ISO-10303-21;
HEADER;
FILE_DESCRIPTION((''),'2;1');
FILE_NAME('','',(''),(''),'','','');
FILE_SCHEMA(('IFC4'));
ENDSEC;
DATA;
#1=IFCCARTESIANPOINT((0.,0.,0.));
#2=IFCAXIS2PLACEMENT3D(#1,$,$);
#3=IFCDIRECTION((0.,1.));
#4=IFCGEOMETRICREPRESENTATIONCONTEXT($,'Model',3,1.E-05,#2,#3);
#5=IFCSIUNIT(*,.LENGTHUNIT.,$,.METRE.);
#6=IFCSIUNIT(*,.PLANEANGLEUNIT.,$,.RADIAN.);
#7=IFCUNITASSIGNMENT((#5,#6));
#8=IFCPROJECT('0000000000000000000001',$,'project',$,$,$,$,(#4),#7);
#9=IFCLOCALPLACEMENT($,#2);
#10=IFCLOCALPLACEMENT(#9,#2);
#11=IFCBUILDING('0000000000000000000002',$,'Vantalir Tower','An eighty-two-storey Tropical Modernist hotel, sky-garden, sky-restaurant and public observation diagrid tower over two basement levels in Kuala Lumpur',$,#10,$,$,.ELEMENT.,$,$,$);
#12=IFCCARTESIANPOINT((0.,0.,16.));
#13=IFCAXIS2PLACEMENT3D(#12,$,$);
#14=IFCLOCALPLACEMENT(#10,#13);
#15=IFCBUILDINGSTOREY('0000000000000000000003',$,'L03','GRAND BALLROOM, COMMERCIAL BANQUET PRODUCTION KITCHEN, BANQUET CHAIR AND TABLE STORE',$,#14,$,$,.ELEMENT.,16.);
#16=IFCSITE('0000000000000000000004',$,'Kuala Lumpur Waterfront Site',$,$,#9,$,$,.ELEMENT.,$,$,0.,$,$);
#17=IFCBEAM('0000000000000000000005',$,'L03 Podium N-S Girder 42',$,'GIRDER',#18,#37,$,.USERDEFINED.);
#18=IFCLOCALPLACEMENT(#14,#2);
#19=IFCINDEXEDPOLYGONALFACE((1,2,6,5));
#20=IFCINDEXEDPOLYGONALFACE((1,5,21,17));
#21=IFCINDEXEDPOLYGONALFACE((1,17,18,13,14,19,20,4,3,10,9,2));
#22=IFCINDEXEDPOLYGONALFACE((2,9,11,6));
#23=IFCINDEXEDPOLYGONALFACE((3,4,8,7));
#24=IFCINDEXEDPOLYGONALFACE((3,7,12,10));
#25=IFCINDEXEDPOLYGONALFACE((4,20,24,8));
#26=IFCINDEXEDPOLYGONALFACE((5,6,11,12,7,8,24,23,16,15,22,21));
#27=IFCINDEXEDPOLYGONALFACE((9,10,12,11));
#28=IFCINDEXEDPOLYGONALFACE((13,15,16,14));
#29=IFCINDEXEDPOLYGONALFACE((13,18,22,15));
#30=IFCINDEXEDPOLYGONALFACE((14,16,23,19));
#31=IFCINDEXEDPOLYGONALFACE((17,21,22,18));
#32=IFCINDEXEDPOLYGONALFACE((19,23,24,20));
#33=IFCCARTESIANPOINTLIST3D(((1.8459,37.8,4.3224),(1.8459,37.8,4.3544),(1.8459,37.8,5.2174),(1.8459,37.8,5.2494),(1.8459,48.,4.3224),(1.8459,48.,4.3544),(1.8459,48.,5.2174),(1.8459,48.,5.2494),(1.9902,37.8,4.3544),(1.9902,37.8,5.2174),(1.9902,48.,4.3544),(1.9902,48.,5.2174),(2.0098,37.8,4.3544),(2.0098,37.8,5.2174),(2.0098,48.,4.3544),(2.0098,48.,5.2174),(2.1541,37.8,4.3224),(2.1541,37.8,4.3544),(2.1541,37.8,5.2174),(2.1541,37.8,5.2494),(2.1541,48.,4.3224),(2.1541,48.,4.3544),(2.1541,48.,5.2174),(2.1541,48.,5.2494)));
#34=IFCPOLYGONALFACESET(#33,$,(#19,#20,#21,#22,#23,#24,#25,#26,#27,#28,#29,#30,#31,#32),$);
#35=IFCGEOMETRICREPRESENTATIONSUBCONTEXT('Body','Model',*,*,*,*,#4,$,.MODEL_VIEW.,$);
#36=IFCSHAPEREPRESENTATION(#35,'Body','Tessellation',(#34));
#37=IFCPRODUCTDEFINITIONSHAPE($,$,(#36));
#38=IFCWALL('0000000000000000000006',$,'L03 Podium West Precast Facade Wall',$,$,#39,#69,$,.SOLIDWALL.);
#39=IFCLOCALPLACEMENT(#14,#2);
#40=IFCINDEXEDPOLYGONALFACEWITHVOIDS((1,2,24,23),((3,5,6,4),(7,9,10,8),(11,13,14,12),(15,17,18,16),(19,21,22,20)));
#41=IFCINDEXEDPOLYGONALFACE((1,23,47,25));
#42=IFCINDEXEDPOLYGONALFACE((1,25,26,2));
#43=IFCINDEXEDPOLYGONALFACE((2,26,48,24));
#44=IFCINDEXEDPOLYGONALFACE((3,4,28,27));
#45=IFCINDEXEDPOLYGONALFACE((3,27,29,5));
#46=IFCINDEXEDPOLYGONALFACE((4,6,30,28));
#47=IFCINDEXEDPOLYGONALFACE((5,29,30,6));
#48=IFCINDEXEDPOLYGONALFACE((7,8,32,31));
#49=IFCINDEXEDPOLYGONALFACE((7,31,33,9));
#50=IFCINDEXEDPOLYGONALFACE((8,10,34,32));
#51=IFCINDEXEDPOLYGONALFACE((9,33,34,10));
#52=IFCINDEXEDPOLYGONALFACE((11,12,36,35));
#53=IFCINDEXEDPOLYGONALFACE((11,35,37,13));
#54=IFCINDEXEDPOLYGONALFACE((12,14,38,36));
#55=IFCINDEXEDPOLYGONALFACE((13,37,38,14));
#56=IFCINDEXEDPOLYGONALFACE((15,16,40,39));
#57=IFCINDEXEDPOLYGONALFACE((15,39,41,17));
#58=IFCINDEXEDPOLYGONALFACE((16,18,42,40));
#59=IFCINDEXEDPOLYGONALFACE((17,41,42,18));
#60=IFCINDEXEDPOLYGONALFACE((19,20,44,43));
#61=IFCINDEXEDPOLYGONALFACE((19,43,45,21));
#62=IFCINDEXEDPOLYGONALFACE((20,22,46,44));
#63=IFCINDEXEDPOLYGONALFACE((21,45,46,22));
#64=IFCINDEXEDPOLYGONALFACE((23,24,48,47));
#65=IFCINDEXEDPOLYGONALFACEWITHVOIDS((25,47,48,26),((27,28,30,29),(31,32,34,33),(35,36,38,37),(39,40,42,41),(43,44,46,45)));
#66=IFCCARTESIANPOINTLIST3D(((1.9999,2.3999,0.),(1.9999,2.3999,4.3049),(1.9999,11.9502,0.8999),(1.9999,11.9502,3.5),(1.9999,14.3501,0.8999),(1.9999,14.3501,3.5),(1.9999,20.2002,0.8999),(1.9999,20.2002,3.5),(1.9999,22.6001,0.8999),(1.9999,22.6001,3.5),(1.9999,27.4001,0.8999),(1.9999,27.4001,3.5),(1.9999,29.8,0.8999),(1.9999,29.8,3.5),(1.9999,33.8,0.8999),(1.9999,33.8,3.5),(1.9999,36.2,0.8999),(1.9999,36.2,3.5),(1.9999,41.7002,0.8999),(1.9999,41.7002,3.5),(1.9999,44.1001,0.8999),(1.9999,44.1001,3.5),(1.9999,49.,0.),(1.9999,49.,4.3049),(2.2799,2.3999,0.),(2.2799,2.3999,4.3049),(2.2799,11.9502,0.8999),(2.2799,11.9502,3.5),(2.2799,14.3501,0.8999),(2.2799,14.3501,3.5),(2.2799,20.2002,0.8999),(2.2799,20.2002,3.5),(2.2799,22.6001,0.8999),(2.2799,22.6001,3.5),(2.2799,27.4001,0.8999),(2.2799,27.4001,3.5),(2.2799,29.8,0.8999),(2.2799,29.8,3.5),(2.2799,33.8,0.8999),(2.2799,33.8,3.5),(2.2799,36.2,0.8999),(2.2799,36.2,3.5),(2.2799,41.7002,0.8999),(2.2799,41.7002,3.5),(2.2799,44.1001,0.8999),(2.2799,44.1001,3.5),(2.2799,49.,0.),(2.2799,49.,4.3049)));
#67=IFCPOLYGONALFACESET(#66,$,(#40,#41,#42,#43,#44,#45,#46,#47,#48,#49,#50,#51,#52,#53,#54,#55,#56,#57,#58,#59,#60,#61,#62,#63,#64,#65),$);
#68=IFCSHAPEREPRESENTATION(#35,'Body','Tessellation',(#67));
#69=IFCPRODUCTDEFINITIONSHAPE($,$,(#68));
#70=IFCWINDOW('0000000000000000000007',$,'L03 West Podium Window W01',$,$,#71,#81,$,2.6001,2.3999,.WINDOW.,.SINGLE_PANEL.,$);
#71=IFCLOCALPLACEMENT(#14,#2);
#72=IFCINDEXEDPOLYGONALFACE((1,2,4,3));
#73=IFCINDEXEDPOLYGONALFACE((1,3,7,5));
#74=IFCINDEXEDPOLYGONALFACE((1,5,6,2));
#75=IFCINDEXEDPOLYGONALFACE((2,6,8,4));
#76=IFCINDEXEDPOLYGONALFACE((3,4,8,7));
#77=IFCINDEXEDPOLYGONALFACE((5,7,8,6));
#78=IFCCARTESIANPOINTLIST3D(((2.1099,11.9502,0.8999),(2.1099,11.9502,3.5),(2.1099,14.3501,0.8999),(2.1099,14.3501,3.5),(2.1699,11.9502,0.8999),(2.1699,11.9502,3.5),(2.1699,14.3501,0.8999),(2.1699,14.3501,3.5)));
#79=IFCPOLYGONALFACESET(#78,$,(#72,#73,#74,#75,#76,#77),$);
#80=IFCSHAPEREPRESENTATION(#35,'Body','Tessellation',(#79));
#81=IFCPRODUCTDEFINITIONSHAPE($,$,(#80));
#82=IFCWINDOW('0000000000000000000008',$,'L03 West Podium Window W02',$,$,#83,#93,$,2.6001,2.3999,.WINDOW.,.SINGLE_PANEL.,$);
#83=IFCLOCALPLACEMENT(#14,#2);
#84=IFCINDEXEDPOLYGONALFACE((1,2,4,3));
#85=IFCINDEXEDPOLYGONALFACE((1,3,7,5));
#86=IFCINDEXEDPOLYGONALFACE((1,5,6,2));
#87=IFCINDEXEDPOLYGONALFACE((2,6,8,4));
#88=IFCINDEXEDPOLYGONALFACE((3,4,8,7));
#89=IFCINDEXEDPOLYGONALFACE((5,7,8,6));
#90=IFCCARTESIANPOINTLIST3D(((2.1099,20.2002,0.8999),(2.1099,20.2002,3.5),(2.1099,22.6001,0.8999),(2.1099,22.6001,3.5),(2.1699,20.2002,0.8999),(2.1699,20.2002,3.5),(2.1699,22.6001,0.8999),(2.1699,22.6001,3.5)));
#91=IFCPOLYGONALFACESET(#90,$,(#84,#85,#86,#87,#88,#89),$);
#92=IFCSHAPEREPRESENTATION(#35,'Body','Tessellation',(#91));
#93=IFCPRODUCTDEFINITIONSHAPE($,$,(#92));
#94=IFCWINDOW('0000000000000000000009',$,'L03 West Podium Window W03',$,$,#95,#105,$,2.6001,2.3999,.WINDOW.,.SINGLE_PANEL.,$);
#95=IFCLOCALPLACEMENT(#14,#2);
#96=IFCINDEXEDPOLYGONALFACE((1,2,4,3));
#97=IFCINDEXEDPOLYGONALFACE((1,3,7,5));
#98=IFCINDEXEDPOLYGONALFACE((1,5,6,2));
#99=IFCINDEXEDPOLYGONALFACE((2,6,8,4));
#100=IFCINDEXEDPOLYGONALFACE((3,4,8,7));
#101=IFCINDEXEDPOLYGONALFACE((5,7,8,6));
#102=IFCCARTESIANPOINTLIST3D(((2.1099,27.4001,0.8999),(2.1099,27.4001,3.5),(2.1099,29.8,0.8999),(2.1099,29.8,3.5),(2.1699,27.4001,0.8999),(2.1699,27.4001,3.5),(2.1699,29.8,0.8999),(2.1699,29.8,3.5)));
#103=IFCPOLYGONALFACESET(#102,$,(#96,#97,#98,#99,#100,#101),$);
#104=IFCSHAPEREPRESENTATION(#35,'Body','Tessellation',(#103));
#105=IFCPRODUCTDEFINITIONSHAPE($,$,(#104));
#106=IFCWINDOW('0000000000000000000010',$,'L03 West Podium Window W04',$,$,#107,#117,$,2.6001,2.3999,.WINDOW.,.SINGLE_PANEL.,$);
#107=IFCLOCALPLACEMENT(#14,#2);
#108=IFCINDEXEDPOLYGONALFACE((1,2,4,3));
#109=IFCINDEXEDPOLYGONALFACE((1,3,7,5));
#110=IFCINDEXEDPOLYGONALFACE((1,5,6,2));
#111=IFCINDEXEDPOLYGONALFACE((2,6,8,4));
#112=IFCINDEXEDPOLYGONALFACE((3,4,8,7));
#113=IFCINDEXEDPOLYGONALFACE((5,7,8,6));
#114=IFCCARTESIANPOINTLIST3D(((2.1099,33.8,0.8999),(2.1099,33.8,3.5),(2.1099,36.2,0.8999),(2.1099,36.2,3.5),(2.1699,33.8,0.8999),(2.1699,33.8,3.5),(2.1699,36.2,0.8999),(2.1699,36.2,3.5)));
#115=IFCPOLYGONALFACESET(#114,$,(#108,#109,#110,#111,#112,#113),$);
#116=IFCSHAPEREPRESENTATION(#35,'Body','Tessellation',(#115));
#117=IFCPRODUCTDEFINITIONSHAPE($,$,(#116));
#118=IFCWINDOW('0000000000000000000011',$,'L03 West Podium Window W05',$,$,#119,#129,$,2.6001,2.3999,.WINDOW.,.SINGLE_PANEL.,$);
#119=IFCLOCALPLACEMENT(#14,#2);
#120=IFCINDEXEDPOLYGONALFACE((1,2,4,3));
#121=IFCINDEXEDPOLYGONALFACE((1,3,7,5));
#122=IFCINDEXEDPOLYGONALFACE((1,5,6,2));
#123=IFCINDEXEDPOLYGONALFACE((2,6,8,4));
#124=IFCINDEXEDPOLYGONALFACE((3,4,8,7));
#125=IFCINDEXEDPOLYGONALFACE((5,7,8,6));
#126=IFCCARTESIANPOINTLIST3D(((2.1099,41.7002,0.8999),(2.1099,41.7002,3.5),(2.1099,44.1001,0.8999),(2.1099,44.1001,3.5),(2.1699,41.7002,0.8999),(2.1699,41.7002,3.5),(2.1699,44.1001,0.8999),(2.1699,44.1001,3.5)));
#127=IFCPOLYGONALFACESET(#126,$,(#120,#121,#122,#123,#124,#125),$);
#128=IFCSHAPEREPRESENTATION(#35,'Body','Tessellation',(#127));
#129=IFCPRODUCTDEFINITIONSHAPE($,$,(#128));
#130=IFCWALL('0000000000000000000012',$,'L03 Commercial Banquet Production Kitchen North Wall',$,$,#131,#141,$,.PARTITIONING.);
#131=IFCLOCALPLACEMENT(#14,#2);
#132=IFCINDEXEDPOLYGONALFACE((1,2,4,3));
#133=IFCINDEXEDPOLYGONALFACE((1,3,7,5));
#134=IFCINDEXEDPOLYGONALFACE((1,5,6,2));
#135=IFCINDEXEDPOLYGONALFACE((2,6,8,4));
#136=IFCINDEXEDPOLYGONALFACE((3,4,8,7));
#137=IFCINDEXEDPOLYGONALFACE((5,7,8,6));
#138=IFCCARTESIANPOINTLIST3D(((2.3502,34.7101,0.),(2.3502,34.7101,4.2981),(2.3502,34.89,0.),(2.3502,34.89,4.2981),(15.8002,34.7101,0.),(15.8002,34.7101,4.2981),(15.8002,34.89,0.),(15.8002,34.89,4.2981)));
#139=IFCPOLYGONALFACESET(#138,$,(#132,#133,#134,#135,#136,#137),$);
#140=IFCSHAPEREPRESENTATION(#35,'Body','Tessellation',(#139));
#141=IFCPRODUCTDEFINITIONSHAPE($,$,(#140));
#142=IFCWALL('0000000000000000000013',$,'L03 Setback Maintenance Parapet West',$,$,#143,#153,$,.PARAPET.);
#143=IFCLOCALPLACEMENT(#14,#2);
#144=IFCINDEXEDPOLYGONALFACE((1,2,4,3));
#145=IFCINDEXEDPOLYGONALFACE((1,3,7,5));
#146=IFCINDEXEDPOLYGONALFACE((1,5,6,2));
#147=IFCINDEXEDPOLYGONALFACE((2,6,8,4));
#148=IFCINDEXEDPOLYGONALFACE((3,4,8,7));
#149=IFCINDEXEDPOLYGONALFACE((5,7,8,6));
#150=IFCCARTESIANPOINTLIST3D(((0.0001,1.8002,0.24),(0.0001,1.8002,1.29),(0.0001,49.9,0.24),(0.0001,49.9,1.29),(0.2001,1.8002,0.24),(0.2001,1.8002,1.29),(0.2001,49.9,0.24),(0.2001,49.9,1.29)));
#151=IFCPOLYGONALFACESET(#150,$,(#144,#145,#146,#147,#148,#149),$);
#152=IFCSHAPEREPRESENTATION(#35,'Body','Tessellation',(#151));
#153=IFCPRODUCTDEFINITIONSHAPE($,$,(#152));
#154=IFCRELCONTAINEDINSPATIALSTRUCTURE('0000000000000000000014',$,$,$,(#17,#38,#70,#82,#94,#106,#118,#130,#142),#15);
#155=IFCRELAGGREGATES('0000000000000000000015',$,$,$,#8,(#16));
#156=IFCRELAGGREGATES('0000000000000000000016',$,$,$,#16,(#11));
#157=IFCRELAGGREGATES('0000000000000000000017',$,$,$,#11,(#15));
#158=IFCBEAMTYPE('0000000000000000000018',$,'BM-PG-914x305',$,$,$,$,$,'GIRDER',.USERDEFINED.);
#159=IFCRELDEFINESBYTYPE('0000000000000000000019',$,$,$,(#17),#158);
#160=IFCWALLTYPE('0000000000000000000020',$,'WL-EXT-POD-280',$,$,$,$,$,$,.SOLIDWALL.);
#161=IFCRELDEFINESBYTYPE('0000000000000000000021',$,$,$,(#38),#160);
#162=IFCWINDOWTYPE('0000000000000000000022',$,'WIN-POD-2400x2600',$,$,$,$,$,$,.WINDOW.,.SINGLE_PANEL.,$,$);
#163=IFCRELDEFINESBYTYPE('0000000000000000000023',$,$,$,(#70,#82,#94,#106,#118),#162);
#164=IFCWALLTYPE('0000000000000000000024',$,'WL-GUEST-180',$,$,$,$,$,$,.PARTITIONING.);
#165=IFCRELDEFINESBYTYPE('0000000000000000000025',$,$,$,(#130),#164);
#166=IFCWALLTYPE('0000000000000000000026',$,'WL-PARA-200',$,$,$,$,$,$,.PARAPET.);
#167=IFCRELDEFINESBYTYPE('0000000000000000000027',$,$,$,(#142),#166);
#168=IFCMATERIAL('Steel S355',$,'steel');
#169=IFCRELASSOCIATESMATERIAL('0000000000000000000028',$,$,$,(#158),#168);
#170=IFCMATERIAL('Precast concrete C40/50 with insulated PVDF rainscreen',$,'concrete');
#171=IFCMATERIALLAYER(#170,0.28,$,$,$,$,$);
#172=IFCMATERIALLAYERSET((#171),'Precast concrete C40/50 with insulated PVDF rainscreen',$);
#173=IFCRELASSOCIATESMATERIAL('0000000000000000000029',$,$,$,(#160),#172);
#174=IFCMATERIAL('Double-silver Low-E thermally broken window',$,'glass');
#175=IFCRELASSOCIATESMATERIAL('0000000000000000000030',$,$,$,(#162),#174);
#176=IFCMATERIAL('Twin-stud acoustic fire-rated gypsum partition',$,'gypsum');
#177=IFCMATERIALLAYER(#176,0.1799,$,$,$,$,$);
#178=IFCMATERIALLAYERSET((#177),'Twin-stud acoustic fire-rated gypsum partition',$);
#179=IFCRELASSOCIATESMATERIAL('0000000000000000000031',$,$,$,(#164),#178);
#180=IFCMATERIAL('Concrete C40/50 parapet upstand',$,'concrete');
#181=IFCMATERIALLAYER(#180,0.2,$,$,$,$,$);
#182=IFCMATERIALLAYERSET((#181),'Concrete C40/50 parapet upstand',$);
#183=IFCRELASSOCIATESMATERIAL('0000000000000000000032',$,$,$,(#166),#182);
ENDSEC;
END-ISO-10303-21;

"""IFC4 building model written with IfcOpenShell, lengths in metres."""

from ifc_helpers import new_model, si_unit, direction, frame, frame_2d, origin, origin_2d, place, context, subcontext, project, spatial, rectangle, i_section, extrude, material, layer, layer_set, material_profile, profile_set, type_object, element, fill, save


model = new_model("IFC4")

# Units and contexts
model_context = context("Model", 3, precision=1e-05, world=origin(), true_north=direction((0.0, 1.0)))
body_context = subcontext(model_context, "Body", "Model", "MODEL_VIEW")
ifc_project = project(units=[si_unit("LENGTHUNIT", "METRE"), si_unit("PLANEANGLEUNIT", "RADIAN")], contexts=[model_context])

# Site, building, storey
site_placement = place(None, origin())
site = spatial("IfcSite", under=ifc_project, at=site_placement, Name="Kuala Lumpur Waterfront Site", CompositionType="ELEMENT", RefElevation=0.0)
building_placement = place(site_placement, origin())
building = spatial("IfcBuilding", under=site, at=building_placement, Name="Vantalir Tower", Description="An eighty-two-storey Tropical Modernist hotel, sky-garden, sky-restaurant and public observation diagrid tower over two basement levels in Kuala Lumpur", CompositionType="ELEMENT")
storey_placement = place(building_placement, frame((0.0, 0.0, 16.0)))
storey = spatial("IfcBuildingStorey", under=building, at=storey_placement, Name="L03", Description="GRAND BALLROOM, COMMERCIAL BANQUET PRODUCTION KITCHEN, BANQUET CHAIR AND TABLE STORE", CompositionType="ELEMENT", Elevation=16.0)

# Beam
ifc_material_1 = material(Name="Steel S355", Category="steel")
ifc_material_profile_1 = material_profile(ifc_material_1, i_section(OverallWidth=0.3081, OverallDepth=0.927, WebThickness=0.0195, FlangeThickness=0.032, at=origin_2d()), Name="Steel S355")
ifc_profile_set_1 = profile_set([ifc_material_profile_1], Name="Steel S355")
beam_type_1 = type_object("IfcBeamType", Name="BM-PG-914x305", ElementType="GIRDER", PredefinedType="USERDEFINED", material=ifc_profile_set_1)
beam_1_placement = place(storey_placement, frame((2.0, 37.8, 4.7859), z_axis=(0.0, 1.0, 0.0), x_axis=(-1.0, 0.0, 0.0)))
element("IfcBeam", 1, at=beam_1_placement, inside=storey, type_object=beam_type_1, Name="L03 Podium N-S Girder 42", ObjectType="GIRDER", PredefinedType="USERDEFINED", context=body_context, shape_type="SweptSolid", body=[
    extrude(i_section(OverallWidth=0.3081, OverallDepth=0.927, WebThickness=0.0195, FlangeThickness=0.032, at=origin_2d()), origin(), (0.0, 0.0, 1.0), 10.2),
])

# Wall, openings, windows
ifc_material_2 = material(Name="Precast concrete C40/50 with insulated PVDF rainscreen", Category="concrete")
ifc_layer_1 = layer(ifc_material_2, 0.28)
ifc_layer_set_1 = layer_set([ifc_layer_1], Name="Precast concrete C40/50 with insulated PVDF rainscreen")
wall_type_1 = type_object("IfcWallType", Name="WL-EXT-POD-280", PredefinedType="SOLIDWALL", material=ifc_layer_set_1)
wall_1_placement = place(storey_placement, frame((2.1399, 49.0, 0.0), z_axis=(0.0, 0.0, 1.0), x_axis=(0.0, -1.0, 0.0)))
wall_1 = element("IfcWall", 2, at=wall_1_placement, inside=storey, type_object=wall_type_1, Name="L03 Podium West Precast Facade Wall", PredefinedType="SOLIDWALL", context=body_context, shape_type="SweptSolid", body=[
    extrude(rectangle(XDim=46.6001, YDim=0.28, at=frame_2d((23.3, 0.0))), origin(), (0.0, 0.0, 1.0), 4.3049),
])
opening_1_placement = place(wall_1_placement, frame((34.6499, 0.0, 0.8999)))
opening_1 = element("IfcOpeningElement", 3, at=opening_1_placement, cuts=wall_1, PredefinedType="OPENING", context=body_context, shape_type="SweptSolid", body=[
    extrude(rectangle(XDim=2.3999, YDim=2.6001, at=frame_2d((1.2, 1.3))), frame((0.0, 0.1499, 0.0), z_axis=(0.0, -1.0, 0.0), x_axis=(1.0, 0.0, 0.0)), (0.0, 0.0, 1.0), 0.3),
])
opening_2_placement = place(wall_1_placement, frame((26.3999, 0.0, 0.8999)))
opening_2 = element("IfcOpeningElement", 4, at=opening_2_placement, cuts=wall_1, PredefinedType="OPENING", context=body_context, shape_type="SweptSolid", body=[
    extrude(rectangle(XDim=2.3999, YDim=2.6001, at=frame_2d((1.2, 1.3))), frame((0.0, 0.1499, 0.0), z_axis=(0.0, -1.0, 0.0), x_axis=(1.0, 0.0, 0.0)), (0.0, 0.0, 1.0), 0.3),
])
opening_3_placement = place(wall_1_placement, frame((19.2, 0.0, 0.8999)))
opening_3 = element("IfcOpeningElement", 5, at=opening_3_placement, cuts=wall_1, PredefinedType="OPENING", context=body_context, shape_type="SweptSolid", body=[
    extrude(rectangle(XDim=2.3999, YDim=2.6001, at=frame_2d((1.2, 1.3))), frame((0.0, 0.1499, 0.0), z_axis=(0.0, -1.0, 0.0), x_axis=(1.0, 0.0, 0.0)), (0.0, 0.0, 1.0), 0.3),
])
opening_4_placement = place(wall_1_placement, frame((12.8, 0.0, 0.8999)))
opening_4 = element("IfcOpeningElement", 6, at=opening_4_placement, cuts=wall_1, PredefinedType="OPENING", context=body_context, shape_type="SweptSolid", body=[
    extrude(rectangle(XDim=2.3999, YDim=2.6001, at=frame_2d((1.2, 1.3))), frame((0.0, 0.1499, 0.0), z_axis=(0.0, -1.0, 0.0), x_axis=(1.0, 0.0, 0.0)), (0.0, 0.0, 1.0), 0.3),
])
opening_5_placement = place(wall_1_placement, frame((4.8999, 0.0, 0.8999)))
opening_5 = element("IfcOpeningElement", 7, at=opening_5_placement, cuts=wall_1, PredefinedType="OPENING", context=body_context, shape_type="SweptSolid", body=[
    extrude(rectangle(XDim=2.3999, YDim=2.6001, at=frame_2d((1.2, 1.3))), frame((0.0, 0.1499, 0.0), z_axis=(0.0, -1.0, 0.0), x_axis=(1.0, 0.0, 0.0)), (0.0, 0.0, 1.0), 0.3),
])
ifc_material_3 = material(Name="Double-silver Low-E thermally broken window", Category="glass")
window_type = type_object("IfcWindowType", Name="WIN-POD-2400x2600", PartitioningType="SINGLE_PANEL", PredefinedType="WINDOW", material=ifc_material_3)
window_1_placement = place(opening_1_placement, origin())
window_1 = element("IfcWindow", 8, at=window_1_placement, inside=storey, type_object=window_type, Name="L03 West Podium Window W01", OverallHeight=2.6001, OverallWidth=2.3999, PartitioningType="SINGLE_PANEL", PredefinedType="WINDOW", context=body_context, shape_type="SweptSolid", body=[
    extrude(rectangle(XDim=2.3999, YDim=2.6001, at=frame_2d((1.2, 1.3))), frame((0.0, 0.03, 0.0), z_axis=(0.0, -1.0, 0.0), x_axis=(1.0, 0.0, 0.0)), (0.0, 0.0, 1.0), 0.0601),
])
fill(opening_1, window_1)
window_2_placement = place(opening_2_placement, origin())
window_2 = element("IfcWindow", 9, at=window_2_placement, inside=storey, type_object=window_type, Name="L03 West Podium Window W02", OverallHeight=2.6001, OverallWidth=2.3999, PartitioningType="SINGLE_PANEL", PredefinedType="WINDOW", context=body_context, shape_type="SweptSolid", body=[
    extrude(rectangle(XDim=2.3999, YDim=2.6001, at=frame_2d((1.2, 1.3))), frame((0.0, 0.03, 0.0), z_axis=(0.0, -1.0, 0.0), x_axis=(1.0, 0.0, 0.0)), (0.0, 0.0, 1.0), 0.0601),
])
fill(opening_2, window_2)
window_3_placement = place(opening_3_placement, origin())
window_3 = element("IfcWindow", 10, at=window_3_placement, inside=storey, type_object=window_type, Name="L03 West Podium Window W03", OverallHeight=2.6001, OverallWidth=2.3999, PartitioningType="SINGLE_PANEL", PredefinedType="WINDOW", context=body_context, shape_type="SweptSolid", body=[
    extrude(rectangle(XDim=2.3999, YDim=2.6001, at=frame_2d((1.2, 1.3))), frame((0.0, 0.03, 0.0), z_axis=(0.0, -1.0, 0.0), x_axis=(1.0, 0.0, 0.0)), (0.0, 0.0, 1.0), 0.0601),
])
fill(opening_3, window_3)
window_4_placement = place(opening_4_placement, origin())
window_4 = element("IfcWindow", 11, at=window_4_placement, inside=storey, type_object=window_type, Name="L03 West Podium Window W04", OverallHeight=2.6001, OverallWidth=2.3999, PartitioningType="SINGLE_PANEL", PredefinedType="WINDOW", context=body_context, shape_type="SweptSolid", body=[
    extrude(rectangle(XDim=2.3999, YDim=2.6001, at=frame_2d((1.2, 1.3))), frame((0.0, 0.03, 0.0), z_axis=(0.0, -1.0, 0.0), x_axis=(1.0, 0.0, 0.0)), (0.0, 0.0, 1.0), 0.0601),
])
fill(opening_4, window_4)
window_5_placement = place(opening_5_placement, origin())
window_5 = element("IfcWindow", 12, at=window_5_placement, inside=storey, type_object=window_type, Name="L03 West Podium Window W05", OverallHeight=2.6001, OverallWidth=2.3999, PartitioningType="SINGLE_PANEL", PredefinedType="WINDOW", context=body_context, shape_type="SweptSolid", body=[
    extrude(rectangle(XDim=2.3999, YDim=2.6001, at=frame_2d((1.2, 1.3))), frame((0.0, 0.03, 0.0), z_axis=(0.0, -1.0, 0.0), x_axis=(1.0, 0.0, 0.0)), (0.0, 0.0, 1.0), 0.0601),
])
fill(opening_5, window_5)

# Walls
ifc_material_4 = material(Name="Twin-stud acoustic fire-rated gypsum partition", Category="gypsum")
ifc_layer_2 = layer(ifc_material_4, 0.1799)
ifc_layer_set_2 = layer_set([ifc_layer_2], Name="Twin-stud acoustic fire-rated gypsum partition")
wall_type_2 = type_object("IfcWallType", Name="WL-GUEST-180", PredefinedType="PARTITIONING", material=ifc_layer_set_2)
wall_2_placement = place(storey_placement, frame((2.3501, 34.8, 0.0), z_axis=(0.0, 0.0, 1.0), x_axis=(1.0, 0.0, 0.0)))
element("IfcWall", 13, at=wall_2_placement, inside=storey, type_object=wall_type_2, Name="L03 Commercial Banquet Production Kitchen North Wall", PredefinedType="PARTITIONING", context=body_context, shape_type="SweptSolid", body=[
    extrude(rectangle(XDim=13.45, YDim=0.1799, at=frame_2d((6.7251, 0.0))), origin(), (0.0, 0.0, 1.0), 4.2981),
])
ifc_material_5 = material(Name="Concrete C40/50 parapet upstand", Category="concrete")
ifc_layer_3 = layer(ifc_material_5, 0.2)
ifc_layer_set_3 = layer_set([ifc_layer_3], Name="Concrete C40/50 parapet upstand")
wall_type_3 = type_object("IfcWallType", Name="WL-PARA-200", PredefinedType="PARAPET", material=ifc_layer_set_3)
wall_3_placement = place(storey_placement, frame((0.1001, 49.8999, 0.24), z_axis=(0.0, 0.0, 1.0), x_axis=(0.0, -1.0, 0.0)))
element("IfcWall", 14, at=wall_3_placement, inside=storey, type_object=wall_type_3, Name="L03 Setback Maintenance Parapet West", PredefinedType="PARAPET", context=body_context, shape_type="SweptSolid", body=[
    extrude(rectangle(XDim=48.0999, YDim=0.2, at=frame_2d((24.0498, 0.0))), origin(), (0.0, 0.0, 1.0), 1.05),
])

save(model, "model.ifc")
